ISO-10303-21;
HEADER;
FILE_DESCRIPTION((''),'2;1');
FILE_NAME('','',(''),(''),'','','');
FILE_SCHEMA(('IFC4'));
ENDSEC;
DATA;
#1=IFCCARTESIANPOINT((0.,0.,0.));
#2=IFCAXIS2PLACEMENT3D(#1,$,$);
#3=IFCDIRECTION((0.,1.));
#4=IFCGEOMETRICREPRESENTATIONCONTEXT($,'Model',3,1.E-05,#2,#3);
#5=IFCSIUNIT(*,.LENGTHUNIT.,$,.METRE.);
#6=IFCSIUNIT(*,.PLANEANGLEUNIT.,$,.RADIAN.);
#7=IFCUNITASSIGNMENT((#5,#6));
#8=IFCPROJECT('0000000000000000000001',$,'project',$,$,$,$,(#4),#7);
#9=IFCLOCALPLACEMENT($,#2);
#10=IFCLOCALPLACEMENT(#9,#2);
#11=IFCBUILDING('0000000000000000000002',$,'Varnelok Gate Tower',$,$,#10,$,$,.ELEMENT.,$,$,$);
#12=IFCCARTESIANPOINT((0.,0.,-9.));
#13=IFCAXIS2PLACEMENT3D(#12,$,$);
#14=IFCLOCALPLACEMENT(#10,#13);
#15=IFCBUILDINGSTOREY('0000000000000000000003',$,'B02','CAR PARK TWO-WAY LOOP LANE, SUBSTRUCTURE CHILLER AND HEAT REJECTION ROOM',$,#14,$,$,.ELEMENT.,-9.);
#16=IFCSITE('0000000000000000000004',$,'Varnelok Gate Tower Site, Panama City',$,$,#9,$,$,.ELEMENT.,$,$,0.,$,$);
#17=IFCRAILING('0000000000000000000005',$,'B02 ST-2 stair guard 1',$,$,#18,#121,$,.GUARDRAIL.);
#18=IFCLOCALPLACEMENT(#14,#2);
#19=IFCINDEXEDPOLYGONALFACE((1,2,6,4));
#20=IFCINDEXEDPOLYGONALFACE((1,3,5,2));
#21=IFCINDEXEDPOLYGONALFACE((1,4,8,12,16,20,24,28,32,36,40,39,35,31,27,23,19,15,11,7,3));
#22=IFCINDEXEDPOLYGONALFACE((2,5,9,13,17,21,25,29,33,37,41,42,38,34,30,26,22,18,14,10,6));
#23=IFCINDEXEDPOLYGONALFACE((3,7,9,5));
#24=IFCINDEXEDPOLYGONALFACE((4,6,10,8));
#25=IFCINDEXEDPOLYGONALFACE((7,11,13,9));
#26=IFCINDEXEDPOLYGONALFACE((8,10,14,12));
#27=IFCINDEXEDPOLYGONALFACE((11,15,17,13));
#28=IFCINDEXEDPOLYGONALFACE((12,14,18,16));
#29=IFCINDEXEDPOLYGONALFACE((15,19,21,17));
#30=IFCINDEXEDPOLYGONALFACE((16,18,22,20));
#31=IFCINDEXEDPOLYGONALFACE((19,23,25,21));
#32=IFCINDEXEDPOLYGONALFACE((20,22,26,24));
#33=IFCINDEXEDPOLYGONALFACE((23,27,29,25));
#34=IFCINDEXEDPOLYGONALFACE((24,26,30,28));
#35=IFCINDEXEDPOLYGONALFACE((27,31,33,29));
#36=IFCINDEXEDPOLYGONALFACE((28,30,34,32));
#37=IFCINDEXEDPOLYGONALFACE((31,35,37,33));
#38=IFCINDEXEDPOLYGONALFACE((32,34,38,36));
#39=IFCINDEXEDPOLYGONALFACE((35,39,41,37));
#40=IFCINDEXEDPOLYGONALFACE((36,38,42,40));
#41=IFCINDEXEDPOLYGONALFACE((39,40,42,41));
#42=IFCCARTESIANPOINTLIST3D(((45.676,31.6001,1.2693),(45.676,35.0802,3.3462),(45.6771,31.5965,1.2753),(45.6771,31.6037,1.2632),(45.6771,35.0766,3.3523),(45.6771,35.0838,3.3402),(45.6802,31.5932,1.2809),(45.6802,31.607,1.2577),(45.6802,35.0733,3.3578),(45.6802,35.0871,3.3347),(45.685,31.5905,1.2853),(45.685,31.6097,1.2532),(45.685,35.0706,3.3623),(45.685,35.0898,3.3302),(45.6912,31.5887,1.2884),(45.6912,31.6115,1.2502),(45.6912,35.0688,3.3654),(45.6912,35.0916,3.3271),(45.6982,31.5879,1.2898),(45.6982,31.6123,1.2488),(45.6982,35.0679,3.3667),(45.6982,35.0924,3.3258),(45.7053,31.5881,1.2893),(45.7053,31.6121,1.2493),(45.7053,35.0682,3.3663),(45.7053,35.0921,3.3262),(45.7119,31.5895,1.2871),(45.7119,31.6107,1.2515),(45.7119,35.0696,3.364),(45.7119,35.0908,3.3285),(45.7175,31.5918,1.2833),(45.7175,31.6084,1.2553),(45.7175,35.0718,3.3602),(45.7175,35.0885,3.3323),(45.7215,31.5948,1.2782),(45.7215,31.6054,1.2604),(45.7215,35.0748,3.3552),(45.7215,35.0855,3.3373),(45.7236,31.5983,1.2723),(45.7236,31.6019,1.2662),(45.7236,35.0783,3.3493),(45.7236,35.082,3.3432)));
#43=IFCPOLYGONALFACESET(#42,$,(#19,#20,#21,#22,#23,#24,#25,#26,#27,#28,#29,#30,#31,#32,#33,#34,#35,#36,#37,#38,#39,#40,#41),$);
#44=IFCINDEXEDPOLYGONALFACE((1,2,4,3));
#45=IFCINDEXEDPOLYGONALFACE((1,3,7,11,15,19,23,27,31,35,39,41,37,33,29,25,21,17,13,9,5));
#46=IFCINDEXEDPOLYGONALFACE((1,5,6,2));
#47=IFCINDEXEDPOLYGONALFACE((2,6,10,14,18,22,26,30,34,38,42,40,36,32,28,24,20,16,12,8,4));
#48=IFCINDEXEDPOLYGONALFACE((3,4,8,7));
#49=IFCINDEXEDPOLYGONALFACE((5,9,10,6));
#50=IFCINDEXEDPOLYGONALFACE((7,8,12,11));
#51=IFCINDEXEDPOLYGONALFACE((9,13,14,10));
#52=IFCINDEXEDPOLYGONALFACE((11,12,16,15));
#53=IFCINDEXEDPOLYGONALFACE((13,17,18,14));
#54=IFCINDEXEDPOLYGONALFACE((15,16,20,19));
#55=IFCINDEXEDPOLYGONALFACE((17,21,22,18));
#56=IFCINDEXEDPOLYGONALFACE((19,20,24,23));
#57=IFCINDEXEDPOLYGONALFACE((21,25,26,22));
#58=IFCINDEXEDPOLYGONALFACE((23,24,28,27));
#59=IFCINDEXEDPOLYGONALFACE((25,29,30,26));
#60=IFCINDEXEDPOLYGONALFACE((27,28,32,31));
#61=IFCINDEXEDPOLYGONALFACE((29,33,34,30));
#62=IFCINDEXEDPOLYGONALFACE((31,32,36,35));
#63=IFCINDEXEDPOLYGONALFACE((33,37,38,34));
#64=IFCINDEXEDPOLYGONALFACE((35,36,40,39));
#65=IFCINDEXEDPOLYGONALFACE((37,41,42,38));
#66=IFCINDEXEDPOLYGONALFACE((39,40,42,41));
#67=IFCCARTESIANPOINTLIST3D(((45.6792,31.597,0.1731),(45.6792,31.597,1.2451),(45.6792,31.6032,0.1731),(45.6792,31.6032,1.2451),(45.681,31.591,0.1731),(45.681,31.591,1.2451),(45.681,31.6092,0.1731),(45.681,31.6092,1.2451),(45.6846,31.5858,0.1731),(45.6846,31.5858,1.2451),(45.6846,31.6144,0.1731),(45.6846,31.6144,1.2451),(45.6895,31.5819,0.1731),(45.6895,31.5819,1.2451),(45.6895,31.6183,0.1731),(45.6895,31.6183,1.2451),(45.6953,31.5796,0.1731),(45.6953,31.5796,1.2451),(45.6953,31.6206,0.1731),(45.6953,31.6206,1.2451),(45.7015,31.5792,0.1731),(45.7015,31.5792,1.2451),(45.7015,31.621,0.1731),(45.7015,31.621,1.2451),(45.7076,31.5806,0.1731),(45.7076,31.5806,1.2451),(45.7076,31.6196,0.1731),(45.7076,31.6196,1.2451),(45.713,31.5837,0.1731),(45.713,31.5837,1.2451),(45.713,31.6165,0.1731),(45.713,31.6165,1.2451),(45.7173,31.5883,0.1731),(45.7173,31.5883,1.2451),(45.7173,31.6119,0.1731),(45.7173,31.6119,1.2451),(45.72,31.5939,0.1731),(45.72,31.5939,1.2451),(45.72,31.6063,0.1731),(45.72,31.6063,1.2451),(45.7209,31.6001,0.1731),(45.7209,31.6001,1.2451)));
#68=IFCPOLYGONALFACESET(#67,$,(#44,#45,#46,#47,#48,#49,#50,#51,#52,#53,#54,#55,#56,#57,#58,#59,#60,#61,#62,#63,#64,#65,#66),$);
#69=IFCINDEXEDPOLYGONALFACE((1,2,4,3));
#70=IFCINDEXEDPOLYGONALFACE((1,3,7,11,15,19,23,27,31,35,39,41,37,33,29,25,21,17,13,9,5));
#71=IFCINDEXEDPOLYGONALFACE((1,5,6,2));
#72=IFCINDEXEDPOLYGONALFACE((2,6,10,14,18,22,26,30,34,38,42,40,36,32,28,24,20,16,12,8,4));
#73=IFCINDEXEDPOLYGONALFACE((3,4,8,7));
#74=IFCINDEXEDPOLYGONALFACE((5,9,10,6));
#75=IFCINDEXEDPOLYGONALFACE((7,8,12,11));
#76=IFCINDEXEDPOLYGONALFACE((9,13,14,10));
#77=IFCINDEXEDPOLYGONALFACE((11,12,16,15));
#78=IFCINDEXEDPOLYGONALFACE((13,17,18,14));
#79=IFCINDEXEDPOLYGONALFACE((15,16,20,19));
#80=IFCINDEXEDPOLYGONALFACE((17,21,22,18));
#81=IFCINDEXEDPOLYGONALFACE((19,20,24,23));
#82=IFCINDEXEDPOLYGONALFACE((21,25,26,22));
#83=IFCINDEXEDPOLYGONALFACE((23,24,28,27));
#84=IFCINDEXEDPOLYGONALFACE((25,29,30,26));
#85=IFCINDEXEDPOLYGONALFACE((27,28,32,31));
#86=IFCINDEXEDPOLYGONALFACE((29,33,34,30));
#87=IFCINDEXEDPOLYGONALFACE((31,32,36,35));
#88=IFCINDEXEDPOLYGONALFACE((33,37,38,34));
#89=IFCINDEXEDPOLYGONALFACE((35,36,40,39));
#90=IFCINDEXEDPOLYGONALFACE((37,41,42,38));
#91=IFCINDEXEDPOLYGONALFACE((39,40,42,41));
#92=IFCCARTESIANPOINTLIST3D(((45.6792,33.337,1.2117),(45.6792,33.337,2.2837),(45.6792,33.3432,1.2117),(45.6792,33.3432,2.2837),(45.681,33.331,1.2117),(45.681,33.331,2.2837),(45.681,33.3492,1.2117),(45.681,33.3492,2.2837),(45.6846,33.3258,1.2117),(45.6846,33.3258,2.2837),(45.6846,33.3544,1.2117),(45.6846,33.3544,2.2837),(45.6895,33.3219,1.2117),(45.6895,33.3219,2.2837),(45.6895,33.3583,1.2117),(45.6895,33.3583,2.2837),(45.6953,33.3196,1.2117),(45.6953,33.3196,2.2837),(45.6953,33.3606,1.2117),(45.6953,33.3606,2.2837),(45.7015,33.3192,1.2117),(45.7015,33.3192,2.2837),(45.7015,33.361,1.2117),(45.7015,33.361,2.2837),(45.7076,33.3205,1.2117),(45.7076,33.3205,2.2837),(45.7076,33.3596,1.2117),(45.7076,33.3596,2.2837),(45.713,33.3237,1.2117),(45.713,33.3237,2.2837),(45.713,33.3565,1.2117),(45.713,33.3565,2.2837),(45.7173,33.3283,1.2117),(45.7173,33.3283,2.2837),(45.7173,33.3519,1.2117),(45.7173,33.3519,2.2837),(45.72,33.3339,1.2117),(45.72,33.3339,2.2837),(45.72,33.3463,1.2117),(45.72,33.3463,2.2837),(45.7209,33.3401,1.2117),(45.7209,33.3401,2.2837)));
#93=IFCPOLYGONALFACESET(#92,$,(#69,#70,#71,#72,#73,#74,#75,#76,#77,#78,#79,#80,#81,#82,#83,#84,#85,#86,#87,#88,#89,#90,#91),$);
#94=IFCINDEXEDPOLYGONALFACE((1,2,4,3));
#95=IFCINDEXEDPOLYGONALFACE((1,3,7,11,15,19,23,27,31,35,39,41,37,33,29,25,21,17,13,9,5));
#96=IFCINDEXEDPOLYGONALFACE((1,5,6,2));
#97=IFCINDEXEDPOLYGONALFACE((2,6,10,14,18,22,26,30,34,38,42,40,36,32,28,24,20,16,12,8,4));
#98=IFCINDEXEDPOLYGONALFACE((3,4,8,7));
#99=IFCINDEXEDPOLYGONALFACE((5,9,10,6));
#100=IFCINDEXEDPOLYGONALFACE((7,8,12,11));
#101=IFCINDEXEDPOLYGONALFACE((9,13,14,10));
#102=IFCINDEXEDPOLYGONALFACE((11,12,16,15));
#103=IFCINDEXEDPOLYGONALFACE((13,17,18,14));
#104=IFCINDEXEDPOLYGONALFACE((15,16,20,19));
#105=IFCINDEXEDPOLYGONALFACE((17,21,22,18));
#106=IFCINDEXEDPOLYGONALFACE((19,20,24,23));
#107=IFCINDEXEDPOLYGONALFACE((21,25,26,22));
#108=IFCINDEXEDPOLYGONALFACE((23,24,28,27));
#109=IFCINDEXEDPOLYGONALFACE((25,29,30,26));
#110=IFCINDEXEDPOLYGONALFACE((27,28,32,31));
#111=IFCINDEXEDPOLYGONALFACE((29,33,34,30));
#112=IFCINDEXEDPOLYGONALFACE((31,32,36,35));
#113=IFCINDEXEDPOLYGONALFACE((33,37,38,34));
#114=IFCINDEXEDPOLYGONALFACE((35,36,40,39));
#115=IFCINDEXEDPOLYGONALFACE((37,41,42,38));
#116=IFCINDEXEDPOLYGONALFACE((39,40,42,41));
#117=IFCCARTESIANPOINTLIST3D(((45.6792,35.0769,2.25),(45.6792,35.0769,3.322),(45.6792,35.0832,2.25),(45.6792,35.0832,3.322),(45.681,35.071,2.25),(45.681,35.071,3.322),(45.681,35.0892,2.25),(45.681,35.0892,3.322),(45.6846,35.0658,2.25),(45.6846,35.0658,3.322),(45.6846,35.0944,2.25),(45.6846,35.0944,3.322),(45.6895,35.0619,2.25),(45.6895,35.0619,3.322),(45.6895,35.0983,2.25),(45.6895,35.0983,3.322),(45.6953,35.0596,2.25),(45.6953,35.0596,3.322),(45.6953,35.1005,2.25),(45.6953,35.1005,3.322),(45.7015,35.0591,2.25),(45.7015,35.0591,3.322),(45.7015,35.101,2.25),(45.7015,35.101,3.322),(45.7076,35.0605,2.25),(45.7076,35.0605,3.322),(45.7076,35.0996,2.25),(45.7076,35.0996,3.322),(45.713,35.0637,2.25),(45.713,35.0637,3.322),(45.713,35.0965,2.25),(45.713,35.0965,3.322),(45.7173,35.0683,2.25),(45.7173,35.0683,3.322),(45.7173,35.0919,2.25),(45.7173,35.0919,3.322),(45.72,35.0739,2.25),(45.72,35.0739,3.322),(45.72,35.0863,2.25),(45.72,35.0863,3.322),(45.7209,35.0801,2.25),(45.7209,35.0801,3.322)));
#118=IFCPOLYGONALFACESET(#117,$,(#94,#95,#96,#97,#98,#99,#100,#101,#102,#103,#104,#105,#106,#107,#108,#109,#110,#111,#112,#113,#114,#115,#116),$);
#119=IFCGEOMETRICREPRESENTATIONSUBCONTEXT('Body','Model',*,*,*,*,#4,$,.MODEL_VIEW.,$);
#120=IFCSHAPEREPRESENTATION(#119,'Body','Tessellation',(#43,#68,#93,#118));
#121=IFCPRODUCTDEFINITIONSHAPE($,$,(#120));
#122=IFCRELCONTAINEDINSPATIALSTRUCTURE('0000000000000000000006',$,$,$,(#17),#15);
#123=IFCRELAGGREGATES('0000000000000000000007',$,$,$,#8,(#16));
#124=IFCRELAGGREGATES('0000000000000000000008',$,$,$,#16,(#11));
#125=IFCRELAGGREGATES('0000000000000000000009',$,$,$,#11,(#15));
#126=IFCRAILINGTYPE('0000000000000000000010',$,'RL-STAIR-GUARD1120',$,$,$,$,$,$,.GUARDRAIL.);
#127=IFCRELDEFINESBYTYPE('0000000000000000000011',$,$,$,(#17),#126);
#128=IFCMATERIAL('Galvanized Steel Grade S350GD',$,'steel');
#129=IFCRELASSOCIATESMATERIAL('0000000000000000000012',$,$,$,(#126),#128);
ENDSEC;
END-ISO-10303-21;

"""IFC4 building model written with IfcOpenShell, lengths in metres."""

from ifc_helpers import new_model, si_unit, direction, frame, origin, origin_2d, place, context, subcontext, project, spatial, circle, extrude, material, type_object, element, save


model = new_model("IFC4")

# Units and contexts
model_context = context("Model", 3, precision=1e-05, world=origin(), true_north=direction((0.0, 1.0)))
body_context = subcontext(model_context, "Body", "Model", "MODEL_VIEW")
ifc_project = project(units=[si_unit("LENGTHUNIT", "METRE"), si_unit("PLANEANGLEUNIT", "RADIAN")], contexts=[model_context])

# Site, building, storey
site_placement = place(None, origin())
site = spatial("IfcSite", under=ifc_project, at=site_placement, Name="Varnelok Gate Tower Site, Panama City", CompositionType="ELEMENT", RefElevation=0.0)
building_placement = place(site_placement, origin())
building = spatial("IfcBuilding", under=site, at=building_placement, Name="Varnelok Gate Tower", CompositionType="ELEMENT")
storey_placement = place(building_placement, frame((0.0, 0.0, -9.0)))
storey = spatial("IfcBuildingStorey", under=building, at=storey_placement, Name="B02", Description="CAR PARK TWO-WAY LOOP LANE, SUBSTRUCTURE CHILLER AND HEAT REJECTION ROOM", CompositionType="ELEMENT", Elevation=-9.0)

# Railing
ifc_material_1 = material(Name="Galvanized Steel Grade S350GD", Category="steel")
railing_type_1 = type_object("IfcRailingType", Name="RL-STAIR-GUARD1120", PredefinedType="GUARDRAIL", material=ifc_material_1)
railing_1_placement = place(storey_placement, frame((45.7, 31.6001, 0.1731)))
element("IfcRailing", 1, at=railing_1_placement, inside=storey, type_object=railing_type_1, Name="B02 ST-2 stair guard 1", PredefinedType="GUARDRAIL", context=body_context, shape_type="SweptSolid", body=[
    extrude(circle(Radius=0.0239, at=origin_2d()), frame((0.0, 0.0, 1.0962), z_axis=(0.0, 0.858697, 0.512483), x_axis=(-1.0, 0.0, 0.0)), (0.0, 0.0, 1.0), 4.0527),
    extrude(circle(Radius=0.021, at=origin_2d()), origin(), (0.0, 0.0, 1.0), 1.072),
    extrude(circle(Radius=0.021, at=origin_2d()), frame((0.0, 1.74, 1.0386)), (0.0, 0.0, 1.0), 1.072),
    extrude(circle(Radius=0.021, at=origin_2d()), frame((0.0, 3.48, 2.0769)), (0.0, 0.0, 1.0), 1.072),
])

save(model, "model.ifc")
